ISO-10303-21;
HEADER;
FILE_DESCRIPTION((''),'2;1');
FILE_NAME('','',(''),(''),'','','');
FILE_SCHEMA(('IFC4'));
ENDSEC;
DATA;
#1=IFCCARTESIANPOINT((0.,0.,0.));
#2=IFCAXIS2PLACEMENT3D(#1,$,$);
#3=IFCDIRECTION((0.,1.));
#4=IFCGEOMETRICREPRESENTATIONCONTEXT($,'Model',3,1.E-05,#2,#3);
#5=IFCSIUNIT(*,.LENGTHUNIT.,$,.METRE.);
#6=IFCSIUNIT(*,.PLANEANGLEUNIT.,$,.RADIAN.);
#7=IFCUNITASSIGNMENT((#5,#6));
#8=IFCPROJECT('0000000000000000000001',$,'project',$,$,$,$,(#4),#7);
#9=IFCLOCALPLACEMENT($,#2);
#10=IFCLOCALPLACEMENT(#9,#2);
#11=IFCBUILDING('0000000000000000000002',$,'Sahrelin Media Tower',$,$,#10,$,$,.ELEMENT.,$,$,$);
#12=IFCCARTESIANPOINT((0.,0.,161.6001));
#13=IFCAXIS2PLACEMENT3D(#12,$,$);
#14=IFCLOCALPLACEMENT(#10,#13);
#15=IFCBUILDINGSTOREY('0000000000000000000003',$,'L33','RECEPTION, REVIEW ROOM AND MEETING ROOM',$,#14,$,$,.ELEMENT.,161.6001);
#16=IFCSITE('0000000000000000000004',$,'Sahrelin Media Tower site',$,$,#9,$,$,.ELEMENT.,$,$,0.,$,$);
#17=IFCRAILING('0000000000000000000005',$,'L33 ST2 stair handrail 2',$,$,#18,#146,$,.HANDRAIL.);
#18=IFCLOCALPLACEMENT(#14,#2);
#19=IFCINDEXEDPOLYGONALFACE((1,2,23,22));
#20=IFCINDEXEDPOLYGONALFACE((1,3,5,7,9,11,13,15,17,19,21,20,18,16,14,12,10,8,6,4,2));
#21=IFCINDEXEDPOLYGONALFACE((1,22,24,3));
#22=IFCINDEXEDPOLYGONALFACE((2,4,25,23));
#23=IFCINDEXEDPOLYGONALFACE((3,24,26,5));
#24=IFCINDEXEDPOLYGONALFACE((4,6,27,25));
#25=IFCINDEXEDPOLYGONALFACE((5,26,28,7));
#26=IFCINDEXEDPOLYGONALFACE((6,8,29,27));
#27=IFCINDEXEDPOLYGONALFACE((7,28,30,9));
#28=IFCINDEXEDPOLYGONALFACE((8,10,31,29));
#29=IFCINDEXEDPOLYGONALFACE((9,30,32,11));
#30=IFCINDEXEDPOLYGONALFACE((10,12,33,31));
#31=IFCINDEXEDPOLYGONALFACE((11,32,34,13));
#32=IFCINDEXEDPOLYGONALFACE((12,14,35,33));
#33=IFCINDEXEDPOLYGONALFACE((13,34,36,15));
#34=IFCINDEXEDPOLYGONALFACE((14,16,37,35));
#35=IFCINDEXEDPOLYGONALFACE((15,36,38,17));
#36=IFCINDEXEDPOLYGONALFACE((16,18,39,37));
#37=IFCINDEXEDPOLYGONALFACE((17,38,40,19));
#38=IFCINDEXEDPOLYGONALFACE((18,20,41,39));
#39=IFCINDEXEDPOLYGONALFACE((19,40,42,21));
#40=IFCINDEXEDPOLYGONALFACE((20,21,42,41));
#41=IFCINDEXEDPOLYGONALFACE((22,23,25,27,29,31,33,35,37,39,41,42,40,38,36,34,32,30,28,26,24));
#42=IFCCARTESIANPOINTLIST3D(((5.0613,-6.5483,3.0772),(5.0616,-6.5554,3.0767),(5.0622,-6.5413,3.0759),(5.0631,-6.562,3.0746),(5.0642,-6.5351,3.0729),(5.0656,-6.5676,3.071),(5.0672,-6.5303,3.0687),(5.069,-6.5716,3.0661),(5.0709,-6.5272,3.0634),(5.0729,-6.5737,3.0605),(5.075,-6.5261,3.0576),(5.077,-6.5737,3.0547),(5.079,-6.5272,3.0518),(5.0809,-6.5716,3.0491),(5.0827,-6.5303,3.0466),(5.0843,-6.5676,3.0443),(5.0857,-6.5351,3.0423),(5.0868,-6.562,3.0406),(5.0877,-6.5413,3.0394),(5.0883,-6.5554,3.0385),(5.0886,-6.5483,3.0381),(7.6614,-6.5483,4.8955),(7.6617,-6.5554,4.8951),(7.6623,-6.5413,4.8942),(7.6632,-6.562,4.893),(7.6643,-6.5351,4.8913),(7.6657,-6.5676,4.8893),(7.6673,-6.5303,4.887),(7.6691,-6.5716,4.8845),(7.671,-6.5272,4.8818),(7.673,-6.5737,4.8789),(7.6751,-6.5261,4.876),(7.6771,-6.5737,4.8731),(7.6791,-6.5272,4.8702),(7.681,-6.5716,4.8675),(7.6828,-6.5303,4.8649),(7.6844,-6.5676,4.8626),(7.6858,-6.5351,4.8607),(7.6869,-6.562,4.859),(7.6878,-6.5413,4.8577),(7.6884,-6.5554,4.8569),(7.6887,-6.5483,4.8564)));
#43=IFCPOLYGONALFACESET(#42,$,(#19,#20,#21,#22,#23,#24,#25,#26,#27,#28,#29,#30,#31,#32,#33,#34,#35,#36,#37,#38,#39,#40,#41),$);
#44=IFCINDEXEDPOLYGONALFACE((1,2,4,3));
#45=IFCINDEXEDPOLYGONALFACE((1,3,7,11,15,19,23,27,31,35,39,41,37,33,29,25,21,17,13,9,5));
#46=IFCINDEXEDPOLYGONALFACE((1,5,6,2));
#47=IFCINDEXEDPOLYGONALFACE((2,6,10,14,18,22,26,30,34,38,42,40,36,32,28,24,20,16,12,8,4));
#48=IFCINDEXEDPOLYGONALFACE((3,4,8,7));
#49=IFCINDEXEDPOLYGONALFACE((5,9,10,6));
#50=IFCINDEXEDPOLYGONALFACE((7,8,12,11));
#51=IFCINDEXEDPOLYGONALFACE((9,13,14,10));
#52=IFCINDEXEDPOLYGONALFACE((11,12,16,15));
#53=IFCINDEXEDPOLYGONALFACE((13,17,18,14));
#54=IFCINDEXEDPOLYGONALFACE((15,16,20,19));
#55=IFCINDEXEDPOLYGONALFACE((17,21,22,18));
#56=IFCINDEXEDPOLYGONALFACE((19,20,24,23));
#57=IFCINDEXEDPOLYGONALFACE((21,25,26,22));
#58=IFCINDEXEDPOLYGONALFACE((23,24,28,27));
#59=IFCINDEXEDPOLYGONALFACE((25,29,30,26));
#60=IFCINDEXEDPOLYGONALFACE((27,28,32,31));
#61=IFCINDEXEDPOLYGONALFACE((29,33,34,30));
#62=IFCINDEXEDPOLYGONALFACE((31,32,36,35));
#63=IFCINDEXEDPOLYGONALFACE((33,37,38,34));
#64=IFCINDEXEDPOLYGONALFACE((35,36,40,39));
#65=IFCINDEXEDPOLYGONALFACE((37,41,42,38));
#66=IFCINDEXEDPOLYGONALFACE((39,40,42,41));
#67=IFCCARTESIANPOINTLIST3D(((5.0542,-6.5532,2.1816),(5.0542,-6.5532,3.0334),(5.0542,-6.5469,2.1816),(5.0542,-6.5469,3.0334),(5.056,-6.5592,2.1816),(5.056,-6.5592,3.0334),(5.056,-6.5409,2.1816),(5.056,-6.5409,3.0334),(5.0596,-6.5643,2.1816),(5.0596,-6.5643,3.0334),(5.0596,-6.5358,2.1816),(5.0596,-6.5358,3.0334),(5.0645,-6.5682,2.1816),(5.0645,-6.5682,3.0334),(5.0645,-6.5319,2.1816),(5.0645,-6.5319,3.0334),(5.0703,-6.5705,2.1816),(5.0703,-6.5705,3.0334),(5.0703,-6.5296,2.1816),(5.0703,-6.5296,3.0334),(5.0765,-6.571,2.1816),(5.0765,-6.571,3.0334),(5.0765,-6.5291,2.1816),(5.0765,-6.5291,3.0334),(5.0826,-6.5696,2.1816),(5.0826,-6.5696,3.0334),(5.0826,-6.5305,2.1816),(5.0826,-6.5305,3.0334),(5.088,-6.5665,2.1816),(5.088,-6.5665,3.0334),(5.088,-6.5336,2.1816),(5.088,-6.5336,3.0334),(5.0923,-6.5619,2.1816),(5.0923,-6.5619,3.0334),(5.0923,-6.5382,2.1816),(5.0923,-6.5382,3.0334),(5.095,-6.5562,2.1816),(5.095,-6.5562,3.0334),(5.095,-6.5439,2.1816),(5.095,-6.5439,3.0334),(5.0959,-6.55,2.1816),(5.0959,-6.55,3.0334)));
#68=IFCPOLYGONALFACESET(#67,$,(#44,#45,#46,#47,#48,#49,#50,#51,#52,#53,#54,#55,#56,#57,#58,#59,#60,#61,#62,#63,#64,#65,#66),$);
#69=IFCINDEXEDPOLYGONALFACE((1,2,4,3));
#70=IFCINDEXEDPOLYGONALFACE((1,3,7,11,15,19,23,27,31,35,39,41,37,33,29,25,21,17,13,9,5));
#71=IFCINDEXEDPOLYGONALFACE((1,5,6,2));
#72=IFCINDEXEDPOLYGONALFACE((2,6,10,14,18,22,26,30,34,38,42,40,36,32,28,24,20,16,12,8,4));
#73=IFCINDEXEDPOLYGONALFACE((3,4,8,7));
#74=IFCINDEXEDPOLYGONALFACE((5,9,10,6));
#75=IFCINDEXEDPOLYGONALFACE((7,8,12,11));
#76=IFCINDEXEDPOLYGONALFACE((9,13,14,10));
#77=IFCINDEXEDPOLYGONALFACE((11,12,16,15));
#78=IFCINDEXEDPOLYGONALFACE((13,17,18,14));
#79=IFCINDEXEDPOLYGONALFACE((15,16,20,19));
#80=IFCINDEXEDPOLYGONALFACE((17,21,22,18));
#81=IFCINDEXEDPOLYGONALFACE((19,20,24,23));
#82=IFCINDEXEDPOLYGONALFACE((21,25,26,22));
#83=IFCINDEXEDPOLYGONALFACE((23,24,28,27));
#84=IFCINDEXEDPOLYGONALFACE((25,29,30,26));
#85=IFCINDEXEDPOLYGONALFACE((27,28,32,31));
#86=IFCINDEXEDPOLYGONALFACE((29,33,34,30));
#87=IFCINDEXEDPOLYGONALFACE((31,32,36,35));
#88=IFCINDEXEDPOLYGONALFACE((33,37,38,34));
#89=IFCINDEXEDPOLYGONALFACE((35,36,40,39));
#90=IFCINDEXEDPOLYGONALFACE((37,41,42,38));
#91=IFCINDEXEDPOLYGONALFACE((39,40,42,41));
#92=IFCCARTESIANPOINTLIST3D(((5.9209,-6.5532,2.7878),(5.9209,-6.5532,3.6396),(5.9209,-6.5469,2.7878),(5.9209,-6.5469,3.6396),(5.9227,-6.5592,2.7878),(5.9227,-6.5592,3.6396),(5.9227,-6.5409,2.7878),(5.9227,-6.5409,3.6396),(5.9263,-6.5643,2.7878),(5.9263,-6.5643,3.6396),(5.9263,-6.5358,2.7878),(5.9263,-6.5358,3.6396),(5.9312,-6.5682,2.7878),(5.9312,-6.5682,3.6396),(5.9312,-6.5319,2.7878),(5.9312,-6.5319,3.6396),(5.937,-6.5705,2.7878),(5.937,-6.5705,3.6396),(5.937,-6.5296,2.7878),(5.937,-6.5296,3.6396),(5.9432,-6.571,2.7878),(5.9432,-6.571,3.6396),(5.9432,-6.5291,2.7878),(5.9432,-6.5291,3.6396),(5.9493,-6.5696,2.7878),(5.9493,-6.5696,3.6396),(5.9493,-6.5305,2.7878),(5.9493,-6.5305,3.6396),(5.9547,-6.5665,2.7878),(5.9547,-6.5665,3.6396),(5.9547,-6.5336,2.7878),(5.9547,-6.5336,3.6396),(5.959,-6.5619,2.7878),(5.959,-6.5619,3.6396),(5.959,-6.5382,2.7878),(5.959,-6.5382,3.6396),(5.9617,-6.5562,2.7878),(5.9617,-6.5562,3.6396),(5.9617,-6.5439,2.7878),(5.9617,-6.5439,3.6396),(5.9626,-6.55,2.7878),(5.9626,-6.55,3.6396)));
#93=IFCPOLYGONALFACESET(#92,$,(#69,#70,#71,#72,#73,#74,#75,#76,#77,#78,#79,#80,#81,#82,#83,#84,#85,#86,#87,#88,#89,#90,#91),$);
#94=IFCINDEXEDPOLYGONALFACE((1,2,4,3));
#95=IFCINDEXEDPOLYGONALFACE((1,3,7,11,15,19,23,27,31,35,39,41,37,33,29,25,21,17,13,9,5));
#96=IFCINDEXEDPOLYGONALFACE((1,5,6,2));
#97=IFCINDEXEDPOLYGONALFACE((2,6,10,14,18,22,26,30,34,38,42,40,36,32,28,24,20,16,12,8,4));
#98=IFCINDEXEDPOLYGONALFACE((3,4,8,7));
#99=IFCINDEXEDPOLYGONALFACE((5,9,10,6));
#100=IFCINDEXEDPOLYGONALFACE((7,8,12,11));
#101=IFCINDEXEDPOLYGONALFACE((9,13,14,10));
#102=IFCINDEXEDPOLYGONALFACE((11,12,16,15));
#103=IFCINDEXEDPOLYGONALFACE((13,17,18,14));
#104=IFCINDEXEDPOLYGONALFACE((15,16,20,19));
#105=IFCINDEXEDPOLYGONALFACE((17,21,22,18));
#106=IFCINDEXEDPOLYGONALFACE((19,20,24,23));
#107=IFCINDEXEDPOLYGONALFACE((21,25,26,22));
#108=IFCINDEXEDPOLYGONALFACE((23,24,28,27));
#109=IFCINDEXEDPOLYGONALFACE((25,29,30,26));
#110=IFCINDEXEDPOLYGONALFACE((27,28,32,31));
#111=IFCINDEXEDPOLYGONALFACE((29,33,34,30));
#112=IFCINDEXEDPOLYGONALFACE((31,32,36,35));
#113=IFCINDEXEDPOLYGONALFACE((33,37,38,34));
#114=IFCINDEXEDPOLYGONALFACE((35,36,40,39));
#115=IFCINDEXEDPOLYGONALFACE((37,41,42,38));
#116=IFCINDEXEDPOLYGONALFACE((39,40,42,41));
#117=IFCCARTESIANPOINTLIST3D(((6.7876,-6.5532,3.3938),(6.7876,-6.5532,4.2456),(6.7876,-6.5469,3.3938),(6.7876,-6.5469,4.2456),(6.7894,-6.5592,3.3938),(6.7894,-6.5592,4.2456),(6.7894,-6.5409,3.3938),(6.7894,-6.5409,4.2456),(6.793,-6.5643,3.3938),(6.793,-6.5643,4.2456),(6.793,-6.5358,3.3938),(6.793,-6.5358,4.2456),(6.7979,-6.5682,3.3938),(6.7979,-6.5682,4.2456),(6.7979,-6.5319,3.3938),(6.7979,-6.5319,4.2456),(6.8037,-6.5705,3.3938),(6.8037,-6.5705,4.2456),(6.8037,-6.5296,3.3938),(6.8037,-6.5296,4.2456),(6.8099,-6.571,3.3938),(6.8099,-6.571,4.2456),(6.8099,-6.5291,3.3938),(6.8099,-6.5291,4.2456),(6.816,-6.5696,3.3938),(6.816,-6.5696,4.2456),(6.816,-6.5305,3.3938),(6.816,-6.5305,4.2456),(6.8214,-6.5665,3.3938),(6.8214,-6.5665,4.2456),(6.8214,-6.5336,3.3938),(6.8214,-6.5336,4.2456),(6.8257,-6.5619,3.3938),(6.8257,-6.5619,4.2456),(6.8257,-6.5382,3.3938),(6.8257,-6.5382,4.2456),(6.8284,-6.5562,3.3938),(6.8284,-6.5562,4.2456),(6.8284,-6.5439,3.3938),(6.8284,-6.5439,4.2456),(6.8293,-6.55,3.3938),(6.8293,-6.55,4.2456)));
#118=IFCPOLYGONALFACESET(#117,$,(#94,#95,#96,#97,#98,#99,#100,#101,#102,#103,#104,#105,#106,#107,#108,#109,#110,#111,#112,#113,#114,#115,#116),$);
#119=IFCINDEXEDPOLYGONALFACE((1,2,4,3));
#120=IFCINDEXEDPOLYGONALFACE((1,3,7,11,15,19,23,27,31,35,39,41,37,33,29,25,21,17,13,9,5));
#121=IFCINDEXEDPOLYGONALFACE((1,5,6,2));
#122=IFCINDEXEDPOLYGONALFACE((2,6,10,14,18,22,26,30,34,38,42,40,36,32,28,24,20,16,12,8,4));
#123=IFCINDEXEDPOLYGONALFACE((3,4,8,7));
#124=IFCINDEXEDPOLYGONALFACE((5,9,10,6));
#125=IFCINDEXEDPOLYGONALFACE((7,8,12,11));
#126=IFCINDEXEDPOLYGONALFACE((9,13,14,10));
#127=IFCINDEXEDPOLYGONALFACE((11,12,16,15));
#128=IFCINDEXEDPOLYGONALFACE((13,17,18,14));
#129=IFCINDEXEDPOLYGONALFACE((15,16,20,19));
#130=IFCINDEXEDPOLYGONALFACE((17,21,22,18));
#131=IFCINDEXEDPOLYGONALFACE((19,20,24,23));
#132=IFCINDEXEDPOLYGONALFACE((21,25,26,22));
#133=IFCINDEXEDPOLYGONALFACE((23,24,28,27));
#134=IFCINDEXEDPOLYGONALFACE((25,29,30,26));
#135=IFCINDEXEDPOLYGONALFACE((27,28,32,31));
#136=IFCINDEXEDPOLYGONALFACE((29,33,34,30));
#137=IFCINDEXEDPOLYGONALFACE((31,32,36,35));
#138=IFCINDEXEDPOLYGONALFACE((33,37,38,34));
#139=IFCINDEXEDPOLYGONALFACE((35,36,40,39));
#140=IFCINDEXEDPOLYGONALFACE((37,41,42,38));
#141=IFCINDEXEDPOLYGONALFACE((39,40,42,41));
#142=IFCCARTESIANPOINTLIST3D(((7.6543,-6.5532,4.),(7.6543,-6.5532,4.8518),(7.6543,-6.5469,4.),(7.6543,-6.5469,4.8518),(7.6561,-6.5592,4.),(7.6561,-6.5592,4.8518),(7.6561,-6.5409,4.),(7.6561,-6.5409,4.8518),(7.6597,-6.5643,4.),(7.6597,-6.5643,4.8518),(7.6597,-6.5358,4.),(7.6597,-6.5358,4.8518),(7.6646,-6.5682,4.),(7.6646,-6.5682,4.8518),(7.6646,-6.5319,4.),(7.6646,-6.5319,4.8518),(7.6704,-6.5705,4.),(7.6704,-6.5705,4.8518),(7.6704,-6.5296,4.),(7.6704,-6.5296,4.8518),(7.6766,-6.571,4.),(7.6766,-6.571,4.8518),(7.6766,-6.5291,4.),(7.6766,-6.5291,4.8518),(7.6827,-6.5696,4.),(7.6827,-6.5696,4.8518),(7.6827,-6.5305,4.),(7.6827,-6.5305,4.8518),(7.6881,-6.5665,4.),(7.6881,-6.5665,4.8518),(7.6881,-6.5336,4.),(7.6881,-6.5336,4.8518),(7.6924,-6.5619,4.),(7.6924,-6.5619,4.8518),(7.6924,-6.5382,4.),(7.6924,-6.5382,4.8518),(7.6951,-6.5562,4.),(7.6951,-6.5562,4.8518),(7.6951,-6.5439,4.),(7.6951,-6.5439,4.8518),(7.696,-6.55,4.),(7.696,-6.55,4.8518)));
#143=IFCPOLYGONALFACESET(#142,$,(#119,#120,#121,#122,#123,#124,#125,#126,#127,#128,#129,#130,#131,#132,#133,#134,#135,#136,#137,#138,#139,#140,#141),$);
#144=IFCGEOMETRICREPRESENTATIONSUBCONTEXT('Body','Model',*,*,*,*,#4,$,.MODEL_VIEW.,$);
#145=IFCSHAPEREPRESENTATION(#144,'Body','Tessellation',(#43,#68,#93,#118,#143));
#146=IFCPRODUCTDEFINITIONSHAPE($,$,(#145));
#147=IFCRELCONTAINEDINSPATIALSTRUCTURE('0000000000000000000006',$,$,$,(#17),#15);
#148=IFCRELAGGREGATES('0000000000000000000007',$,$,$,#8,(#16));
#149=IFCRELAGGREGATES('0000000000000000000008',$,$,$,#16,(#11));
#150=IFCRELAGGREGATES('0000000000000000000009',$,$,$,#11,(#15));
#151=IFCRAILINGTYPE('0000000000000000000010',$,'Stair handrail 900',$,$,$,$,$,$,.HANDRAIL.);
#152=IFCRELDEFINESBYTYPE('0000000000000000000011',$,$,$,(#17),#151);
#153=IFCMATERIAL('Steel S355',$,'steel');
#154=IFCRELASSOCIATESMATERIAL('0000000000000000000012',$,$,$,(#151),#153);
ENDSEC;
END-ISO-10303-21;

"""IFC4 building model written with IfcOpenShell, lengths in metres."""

from ifc_helpers import new_model, si_unit, direction, frame, origin, origin_2d, place, context, subcontext, project, spatial, circle, extrude, material, type_object, element, save


model = new_model("IFC4")

# Units and contexts
model_context = context("Model", 3, precision=1e-05, world=origin(), true_north=direction((0.0, 1.0)))
body_context = subcontext(model_context, "Body", "Model", "MODEL_VIEW")
ifc_project = project(units=[si_unit("LENGTHUNIT", "METRE"), si_unit("PLANEANGLEUNIT", "RADIAN")], contexts=[model_context])

# Site, building, storey
site_placement = place(None, origin())
site = spatial("IfcSite", under=ifc_project, at=site_placement, Name="Sahrelin Media Tower site", CompositionType="ELEMENT", RefElevation=0.0)
building_placement = place(site_placement, origin())
building = spatial("IfcBuilding", under=site, at=building_placement, Name="Sahrelin Media Tower", CompositionType="ELEMENT")
storey_placement = place(building_placement, frame((0.0, 0.0, 161.6001)))
storey = spatial("IfcBuildingStorey", under=building, at=storey_placement, Name="L33", Description="RECEPTION, REVIEW ROOM AND MEETING ROOM", CompositionType="ELEMENT", Elevation=161.6001)

# Shared definitions
ifc_material_1 = material(Name="Steel S355", Category="steel")

# Railing
railing_type_1 = type_object("IfcRailingType", Name="Stair handrail 900", PredefinedType="HANDRAIL", material=ifc_material_1)
railing_1_placement = place(storey_placement, frame((5.075, -6.55, 2.1816)))
element("IfcRailing", 1, at=railing_1_placement, inside=storey, type_object=railing_type_1, Name="L33 ST2 stair handrail 2", PredefinedType="HANDRAIL", context=body_context, shape_type="SweptSolid", body=[
    extrude(circle(Radius=0.0239, at=origin_2d()), frame((0.0, 0.0, 0.876), z_axis=(0.819485, 0.0, 0.573101), x_axis=(0.0, 1.0, 0.0)), (0.0, 0.0, 1.0), 3.1729),
    extrude(circle(Radius=0.021, at=origin_2d()), origin(), (0.0, 0.0, 1.0), 0.8518),
    extrude(circle(Radius=0.021, at=origin_2d()), frame((0.8667, 0.0, 0.6062)), (0.0, 0.0, 1.0), 0.8518),
    extrude(circle(Radius=0.021, at=origin_2d()), frame((1.7334, 0.0, 1.2122)), (0.0, 0.0, 1.0), 0.8518),
    extrude(circle(Radius=0.021, at=origin_2d()), frame((2.6001, 0.0, 1.8184)), (0.0, 0.0, 1.0), 0.8518),
])

save(model, "model.ifc")
